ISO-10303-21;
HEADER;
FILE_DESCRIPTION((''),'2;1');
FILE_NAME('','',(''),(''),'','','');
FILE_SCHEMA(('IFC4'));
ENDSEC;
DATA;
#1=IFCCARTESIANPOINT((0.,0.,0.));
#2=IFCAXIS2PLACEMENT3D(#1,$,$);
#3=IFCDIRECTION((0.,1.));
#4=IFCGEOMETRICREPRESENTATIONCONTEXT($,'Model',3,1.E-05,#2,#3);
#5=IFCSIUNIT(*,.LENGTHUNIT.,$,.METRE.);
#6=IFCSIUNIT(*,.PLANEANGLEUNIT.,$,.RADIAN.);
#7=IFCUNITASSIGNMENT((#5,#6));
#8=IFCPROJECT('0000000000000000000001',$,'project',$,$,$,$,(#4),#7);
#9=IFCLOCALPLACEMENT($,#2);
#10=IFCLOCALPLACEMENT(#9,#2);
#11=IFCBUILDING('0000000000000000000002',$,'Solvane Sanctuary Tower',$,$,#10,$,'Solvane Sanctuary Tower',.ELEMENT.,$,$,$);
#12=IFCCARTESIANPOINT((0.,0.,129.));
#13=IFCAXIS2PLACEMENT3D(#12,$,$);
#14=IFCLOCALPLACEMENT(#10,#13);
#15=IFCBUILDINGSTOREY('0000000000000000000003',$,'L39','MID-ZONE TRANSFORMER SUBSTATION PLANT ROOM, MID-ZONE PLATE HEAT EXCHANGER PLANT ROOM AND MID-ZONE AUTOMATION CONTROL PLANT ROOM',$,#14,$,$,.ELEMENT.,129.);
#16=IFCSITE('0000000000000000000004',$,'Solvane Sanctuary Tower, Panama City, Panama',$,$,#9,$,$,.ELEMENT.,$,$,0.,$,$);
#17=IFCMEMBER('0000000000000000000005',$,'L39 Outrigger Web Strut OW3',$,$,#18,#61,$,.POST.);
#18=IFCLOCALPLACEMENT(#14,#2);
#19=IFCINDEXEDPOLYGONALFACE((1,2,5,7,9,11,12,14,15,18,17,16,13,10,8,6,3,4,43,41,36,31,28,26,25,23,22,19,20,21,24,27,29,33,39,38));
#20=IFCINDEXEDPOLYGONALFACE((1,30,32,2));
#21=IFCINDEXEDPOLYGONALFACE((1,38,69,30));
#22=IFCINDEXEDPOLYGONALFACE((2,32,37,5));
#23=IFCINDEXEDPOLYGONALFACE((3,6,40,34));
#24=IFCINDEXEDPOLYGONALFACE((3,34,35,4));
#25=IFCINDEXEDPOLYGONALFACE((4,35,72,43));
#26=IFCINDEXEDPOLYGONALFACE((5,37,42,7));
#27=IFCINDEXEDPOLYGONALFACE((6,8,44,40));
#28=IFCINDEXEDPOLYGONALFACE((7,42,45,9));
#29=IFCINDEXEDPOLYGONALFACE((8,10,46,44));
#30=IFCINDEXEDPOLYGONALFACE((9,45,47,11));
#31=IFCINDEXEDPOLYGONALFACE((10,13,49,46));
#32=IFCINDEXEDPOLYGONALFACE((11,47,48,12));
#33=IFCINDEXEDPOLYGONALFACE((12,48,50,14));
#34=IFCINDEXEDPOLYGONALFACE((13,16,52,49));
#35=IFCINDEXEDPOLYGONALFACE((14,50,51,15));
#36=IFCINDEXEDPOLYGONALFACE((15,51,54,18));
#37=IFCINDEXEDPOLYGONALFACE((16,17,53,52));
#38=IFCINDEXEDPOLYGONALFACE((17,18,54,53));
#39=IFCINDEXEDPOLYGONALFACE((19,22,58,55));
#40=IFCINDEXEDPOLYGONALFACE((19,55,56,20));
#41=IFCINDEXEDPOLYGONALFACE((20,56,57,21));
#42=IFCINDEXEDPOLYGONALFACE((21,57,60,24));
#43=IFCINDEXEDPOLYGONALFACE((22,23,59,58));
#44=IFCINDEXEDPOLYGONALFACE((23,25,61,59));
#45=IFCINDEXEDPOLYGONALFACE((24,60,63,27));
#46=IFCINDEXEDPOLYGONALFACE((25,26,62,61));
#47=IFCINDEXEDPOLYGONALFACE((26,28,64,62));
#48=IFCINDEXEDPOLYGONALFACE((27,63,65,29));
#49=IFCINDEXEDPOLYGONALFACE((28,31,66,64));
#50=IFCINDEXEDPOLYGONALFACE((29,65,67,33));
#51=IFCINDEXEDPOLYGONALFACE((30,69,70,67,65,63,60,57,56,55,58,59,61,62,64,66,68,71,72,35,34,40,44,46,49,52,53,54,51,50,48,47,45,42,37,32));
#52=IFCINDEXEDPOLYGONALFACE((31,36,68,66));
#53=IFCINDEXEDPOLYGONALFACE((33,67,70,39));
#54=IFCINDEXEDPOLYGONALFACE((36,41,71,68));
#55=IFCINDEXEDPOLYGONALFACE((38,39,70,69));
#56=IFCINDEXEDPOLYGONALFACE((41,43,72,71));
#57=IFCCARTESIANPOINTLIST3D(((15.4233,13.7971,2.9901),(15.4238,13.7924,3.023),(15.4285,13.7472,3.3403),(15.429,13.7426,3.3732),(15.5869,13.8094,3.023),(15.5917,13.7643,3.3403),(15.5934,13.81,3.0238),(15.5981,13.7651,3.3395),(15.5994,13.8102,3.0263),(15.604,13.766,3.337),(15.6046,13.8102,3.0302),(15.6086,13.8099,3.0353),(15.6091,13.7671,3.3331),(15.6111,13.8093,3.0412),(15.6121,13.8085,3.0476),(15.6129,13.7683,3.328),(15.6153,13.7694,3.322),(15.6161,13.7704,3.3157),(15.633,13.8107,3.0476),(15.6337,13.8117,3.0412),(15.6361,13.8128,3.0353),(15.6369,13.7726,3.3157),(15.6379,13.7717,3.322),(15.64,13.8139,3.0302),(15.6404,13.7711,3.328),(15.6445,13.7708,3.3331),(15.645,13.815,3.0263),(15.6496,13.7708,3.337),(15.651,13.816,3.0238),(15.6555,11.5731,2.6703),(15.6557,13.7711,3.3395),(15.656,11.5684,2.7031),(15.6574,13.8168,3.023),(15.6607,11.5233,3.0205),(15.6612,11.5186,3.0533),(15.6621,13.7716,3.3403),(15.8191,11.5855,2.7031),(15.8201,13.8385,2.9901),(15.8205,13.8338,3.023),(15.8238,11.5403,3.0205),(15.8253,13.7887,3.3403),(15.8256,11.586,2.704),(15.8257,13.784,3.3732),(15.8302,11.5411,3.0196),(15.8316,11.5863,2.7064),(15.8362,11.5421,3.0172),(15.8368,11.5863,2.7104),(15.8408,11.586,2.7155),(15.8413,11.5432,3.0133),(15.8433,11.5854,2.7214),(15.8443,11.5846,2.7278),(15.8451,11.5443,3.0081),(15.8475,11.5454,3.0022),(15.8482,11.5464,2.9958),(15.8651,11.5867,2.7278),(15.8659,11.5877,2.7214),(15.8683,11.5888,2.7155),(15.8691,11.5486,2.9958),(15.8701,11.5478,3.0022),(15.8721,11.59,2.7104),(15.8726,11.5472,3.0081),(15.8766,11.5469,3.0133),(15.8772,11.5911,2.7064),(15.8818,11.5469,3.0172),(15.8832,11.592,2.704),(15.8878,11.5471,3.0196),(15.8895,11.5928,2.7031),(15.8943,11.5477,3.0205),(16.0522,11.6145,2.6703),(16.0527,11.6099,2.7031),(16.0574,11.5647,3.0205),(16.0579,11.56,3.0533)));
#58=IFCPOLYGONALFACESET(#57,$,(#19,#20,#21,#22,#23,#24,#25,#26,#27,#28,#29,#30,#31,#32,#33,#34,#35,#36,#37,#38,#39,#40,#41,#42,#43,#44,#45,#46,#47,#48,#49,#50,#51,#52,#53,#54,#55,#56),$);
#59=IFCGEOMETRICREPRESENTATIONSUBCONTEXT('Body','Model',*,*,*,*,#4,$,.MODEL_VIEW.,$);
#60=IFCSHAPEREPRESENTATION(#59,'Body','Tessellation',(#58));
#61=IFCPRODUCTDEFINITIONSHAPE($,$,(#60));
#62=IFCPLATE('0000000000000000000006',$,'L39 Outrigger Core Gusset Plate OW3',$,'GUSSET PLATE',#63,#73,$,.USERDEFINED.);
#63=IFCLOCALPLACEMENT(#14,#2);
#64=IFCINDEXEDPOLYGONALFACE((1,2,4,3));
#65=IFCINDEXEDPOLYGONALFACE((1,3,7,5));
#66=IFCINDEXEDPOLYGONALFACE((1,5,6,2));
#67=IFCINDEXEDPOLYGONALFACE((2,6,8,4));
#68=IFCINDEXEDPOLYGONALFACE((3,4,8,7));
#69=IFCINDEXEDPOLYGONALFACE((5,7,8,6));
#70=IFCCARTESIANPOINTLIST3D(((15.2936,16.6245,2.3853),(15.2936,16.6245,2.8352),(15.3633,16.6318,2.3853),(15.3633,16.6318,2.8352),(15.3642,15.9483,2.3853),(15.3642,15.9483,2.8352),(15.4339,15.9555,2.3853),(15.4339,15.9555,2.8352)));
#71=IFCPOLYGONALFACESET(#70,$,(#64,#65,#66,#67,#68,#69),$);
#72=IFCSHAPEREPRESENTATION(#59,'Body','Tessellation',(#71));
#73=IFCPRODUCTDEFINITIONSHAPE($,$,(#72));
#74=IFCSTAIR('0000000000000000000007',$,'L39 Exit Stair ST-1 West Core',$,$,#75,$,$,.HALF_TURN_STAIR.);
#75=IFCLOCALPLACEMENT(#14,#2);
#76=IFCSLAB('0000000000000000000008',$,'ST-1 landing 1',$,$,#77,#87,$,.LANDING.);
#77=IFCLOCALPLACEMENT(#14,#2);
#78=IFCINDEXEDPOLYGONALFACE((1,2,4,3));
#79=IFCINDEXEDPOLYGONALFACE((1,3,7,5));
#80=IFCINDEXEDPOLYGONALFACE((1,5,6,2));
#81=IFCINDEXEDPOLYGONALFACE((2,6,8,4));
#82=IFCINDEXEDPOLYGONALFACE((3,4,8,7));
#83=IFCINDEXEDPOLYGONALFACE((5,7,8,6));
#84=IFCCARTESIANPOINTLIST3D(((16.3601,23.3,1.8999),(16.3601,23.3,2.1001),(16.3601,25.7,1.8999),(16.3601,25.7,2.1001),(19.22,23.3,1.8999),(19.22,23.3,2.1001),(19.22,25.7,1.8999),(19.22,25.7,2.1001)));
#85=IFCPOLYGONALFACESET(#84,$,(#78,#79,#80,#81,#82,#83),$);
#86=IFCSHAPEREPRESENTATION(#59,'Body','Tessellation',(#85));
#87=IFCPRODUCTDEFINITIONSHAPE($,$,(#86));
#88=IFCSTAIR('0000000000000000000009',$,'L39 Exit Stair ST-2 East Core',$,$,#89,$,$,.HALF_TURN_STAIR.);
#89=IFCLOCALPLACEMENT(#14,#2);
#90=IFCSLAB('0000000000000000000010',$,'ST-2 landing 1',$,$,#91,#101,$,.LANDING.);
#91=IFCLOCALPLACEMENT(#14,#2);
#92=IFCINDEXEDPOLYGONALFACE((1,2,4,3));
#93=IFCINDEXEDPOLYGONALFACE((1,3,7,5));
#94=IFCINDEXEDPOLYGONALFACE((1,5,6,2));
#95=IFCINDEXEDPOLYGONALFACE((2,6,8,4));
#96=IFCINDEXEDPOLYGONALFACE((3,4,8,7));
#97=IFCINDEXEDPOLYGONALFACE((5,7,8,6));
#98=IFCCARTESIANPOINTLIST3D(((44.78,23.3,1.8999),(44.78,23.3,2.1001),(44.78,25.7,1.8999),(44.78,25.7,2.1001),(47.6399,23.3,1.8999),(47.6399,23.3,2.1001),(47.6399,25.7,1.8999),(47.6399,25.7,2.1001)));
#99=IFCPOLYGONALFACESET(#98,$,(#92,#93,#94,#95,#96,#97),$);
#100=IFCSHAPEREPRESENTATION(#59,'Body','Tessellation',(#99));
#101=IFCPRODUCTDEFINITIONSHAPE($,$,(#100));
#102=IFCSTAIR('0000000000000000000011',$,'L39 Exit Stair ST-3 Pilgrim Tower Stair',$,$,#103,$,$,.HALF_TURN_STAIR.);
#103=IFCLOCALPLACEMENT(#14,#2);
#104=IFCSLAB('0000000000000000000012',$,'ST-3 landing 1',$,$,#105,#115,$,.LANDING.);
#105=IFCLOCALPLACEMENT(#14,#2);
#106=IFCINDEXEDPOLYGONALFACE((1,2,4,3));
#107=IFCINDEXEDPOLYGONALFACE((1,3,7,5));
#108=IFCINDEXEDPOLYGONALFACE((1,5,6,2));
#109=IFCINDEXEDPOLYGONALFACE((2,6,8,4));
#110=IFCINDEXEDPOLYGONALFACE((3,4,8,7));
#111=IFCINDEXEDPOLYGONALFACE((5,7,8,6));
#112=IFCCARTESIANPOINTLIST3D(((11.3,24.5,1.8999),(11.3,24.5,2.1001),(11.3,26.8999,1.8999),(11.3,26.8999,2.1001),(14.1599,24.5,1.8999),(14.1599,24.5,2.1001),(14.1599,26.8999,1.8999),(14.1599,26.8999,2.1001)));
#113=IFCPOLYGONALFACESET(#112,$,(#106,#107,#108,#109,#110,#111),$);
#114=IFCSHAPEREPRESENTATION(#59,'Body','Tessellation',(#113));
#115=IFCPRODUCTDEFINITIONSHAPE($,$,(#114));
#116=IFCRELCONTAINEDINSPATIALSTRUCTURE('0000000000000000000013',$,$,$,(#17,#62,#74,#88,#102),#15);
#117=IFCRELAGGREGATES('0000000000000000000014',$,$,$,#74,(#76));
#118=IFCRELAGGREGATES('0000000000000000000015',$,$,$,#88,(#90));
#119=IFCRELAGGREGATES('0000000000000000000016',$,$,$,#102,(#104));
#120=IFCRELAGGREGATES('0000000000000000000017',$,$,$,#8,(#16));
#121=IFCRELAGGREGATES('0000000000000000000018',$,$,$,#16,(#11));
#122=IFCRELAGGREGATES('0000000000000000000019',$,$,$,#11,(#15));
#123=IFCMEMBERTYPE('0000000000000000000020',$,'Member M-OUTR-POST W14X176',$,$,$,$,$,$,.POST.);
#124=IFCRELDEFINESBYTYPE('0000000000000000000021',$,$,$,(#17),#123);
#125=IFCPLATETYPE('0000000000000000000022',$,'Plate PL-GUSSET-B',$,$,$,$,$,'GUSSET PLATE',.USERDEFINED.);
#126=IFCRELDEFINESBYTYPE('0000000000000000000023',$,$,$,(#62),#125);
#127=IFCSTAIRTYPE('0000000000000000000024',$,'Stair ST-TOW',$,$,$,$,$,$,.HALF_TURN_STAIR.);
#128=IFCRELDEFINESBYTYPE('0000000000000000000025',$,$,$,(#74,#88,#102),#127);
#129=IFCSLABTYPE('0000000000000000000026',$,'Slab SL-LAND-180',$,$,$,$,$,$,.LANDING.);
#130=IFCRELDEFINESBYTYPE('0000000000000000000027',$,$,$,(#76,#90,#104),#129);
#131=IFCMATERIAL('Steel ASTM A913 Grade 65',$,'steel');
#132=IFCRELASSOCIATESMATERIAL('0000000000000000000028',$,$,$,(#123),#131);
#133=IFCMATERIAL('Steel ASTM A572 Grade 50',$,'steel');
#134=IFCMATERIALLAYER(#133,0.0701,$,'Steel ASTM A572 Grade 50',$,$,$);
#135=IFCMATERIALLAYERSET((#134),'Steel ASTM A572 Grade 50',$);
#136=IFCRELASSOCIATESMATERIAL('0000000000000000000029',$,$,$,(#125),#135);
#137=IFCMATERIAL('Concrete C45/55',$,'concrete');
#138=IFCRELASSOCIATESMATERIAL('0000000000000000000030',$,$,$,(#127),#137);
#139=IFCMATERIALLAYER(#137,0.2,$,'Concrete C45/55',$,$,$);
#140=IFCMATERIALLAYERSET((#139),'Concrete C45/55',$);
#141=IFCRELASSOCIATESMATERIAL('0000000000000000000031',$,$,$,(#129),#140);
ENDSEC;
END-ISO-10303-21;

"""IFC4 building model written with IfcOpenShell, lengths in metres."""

from ifc_helpers import new_model, si_unit, direction, frame, origin, origin_2d, place, context, subcontext, project, spatial, polyline, rectangle, i_section, outline, extrude, material, layer, layer_set, material_profile, profile_set, type_object, element, aggregate, save


model = new_model("IFC4")

# Units and contexts
model_context = context("Model", 3, precision=1e-05, world=origin(), true_north=direction((0.0, 1.0)))
body_context = subcontext(model_context, "Body", "Model", "MODEL_VIEW")
ifc_project = project(units=[si_unit("LENGTHUNIT", "METRE"), si_unit("PLANEANGLEUNIT", "RADIAN")], contexts=[model_context])

# Site, building, storey
site_placement = place(None, origin())
site = spatial("IfcSite", under=ifc_project, at=site_placement, Name="Solvane Sanctuary Tower, Panama City, Panama", CompositionType="ELEMENT", RefElevation=0.0)
building_placement = place(site_placement, origin())
building = spatial("IfcBuilding", under=site, at=building_placement, Name="Solvane Sanctuary Tower", LongName="Solvane Sanctuary Tower", CompositionType="ELEMENT")
storey_placement = place(building_placement, frame((0.0, 0.0, 129.0)))
storey = spatial("IfcBuildingStorey", under=building, at=storey_placement, Name="L39", Description="MID-ZONE TRANSFORMER SUBSTATION PLANT ROOM, MID-ZONE PLATE HEAT EXCHANGER PLANT ROOM AND MID-ZONE AUTOMATION CONTROL PLANT ROOM", CompositionType="ELEMENT", Elevation=129.0)

# Shared definitions
ifc_material_1 = material(Name="Steel ASTM A913 Grade 65", Category="steel")

# Member
ifc_material_profile_1 = material_profile(ifc_material_1, i_section(OverallWidth=0.3989, OverallDepth=0.387, WebThickness=0.021, FlangeThickness=0.0332, FilletRadius=0.0249, at=origin_2d()), Name="W14X176")
ifc_profile_set_1 = profile_set([ifc_material_profile_1], Name="Steel ASTM A913 Grade 65")
member_type_1 = type_object("IfcMemberType", Name="Member M-OUTR-POST W14X176", PredefinedType="POST", material=ifc_profile_set_1)
member_1_placement = place(storey_placement, frame((15.6245, 13.7905, 3.1816), z_axis=(0.102792, -0.984573, -0.141595), x_axis=(0.994594, 0.103838, 0.0)))
element("IfcMember", 1, at=member_1_placement, inside=storey, type_object=member_type_1, Name="L39 Outrigger Web Strut OW3", PredefinedType="POST", context=body_context, shape_type="SweptSolid", body=[
    extrude(i_section(OverallWidth=0.3989, OverallDepth=0.387, WebThickness=0.021, FlangeThickness=0.0332, FilletRadius=0.0249, at=origin_2d()), origin(), (0.0, 0.0, 1.0), 2.2588),
])

# Plate
ifc_material_2 = material(Name="Steel ASTM A572 Grade 50", Category="steel")
ifc_layer_1 = layer(ifc_material_2, 0.0701, Name="Steel ASTM A572 Grade 50")
ifc_layer_set_1 = layer_set([ifc_layer_1], Name="Steel ASTM A572 Grade 50")
plate_type = type_object("IfcPlateType", Name="Plate PL-GUSSET-B", ElementType="GUSSET PLATE", PredefinedType="USERDEFINED", material=ifc_layer_set_1)
plate_placement = place(storey_placement, frame((15.3638, 16.29, 2.3853), z_axis=(0.0, 0.0, 1.0), x_axis=(0.103834, -0.994595, 0.0)))
element("IfcPlate", 2, at=plate_placement, inside=storey, type_object=plate_type, Name="L39 Outrigger Core Gusset Plate OW3", ObjectType="GUSSET PLATE", PredefinedType="USERDEFINED", context=body_context, shape_type="SweptSolid", body=[
    extrude(rectangle(XDim=0.6799, YDim=0.0701, at=origin_2d()), origin(), (0.0, 0.0, 1.0), 0.45),
])

# Stairs, slabs
ifc_material_3 = material(Name="Concrete C45/55", Category="concrete")
stair_type = type_object("IfcStairType", Name="Stair ST-TOW", PredefinedType="HALF_TURN_STAIR", material=ifc_material_3)
stair_1_placement = place(storey_placement, origin())
stair_1 = element("IfcStair", 3, at=stair_1_placement, inside=storey, type_object=stair_type, Name="L39 Exit Stair ST-1 West Core", PredefinedType="HALF_TURN_STAIR")
ifc_layer_2 = layer(ifc_material_3, 0.2, Name="Concrete C45/55")
ifc_layer_set_2 = layer_set([ifc_layer_2], Name="Concrete C45/55")
slab_type_1 = type_object("IfcSlabType", Name="Slab SL-LAND-180", PredefinedType="LANDING", material=ifc_layer_set_2)
slab_1_placement = place(storey_placement, frame((0.0, 0.0, 1.8999)))
slab_1 = element("IfcSlab", 4, at=slab_1_placement, type_object=slab_type_1, Name="ST-1 landing 1", PredefinedType="LANDING", context=body_context, shape_type="SweptSolid", body=[
    extrude(outline(polyline([(19.22, 23.3), (19.22, 25.7), (16.3601, 25.7), (16.3601, 23.3), (19.22, 23.3)])), origin(), (0.0, 0.0, 1.0), 0.2002),
])
aggregate(stair_1, [slab_1])
stair_2_placement = place(storey_placement, origin())
stair_2 = element("IfcStair", 5, at=stair_2_placement, inside=storey, type_object=stair_type, Name="L39 Exit Stair ST-2 East Core", PredefinedType="HALF_TURN_STAIR")
slab_2_placement = place(storey_placement, frame((0.0, 0.0, 1.8999)))
slab_2 = element("IfcSlab", 6, at=slab_2_placement, type_object=slab_type_1, Name="ST-2 landing 1", PredefinedType="LANDING", context=body_context, shape_type="SweptSolid", body=[
    extrude(outline(polyline([(47.6399, 23.3), (47.6399, 25.7), (44.78, 25.7), (44.78, 23.3), (47.6399, 23.3)])), origin(), (0.0, 0.0, 1.0), 0.2002),
])
aggregate(stair_2, [slab_2])
stair_3_placement = place(storey_placement, origin())
stair_3 = element("IfcStair", 7, at=stair_3_placement, inside=storey, type_object=stair_type, Name="L39 Exit Stair ST-3 Pilgrim Tower Stair", PredefinedType="HALF_TURN_STAIR")
slab_3_placement = place(storey_placement, frame((0.0, 0.0, 1.8999)))
slab_3 = element("IfcSlab", 8, at=slab_3_placement, type_object=slab_type_1, Name="ST-3 landing 1", PredefinedType="LANDING", context=body_context, shape_type="SweptSolid", body=[
    extrude(outline(polyline([(14.1599, 24.5), (14.1599, 26.8999), (11.3, 26.8999), (11.3, 24.5), (14.1599, 24.5)])), origin(), (0.0, 0.0, 1.0), 0.2002),
])
aggregate(stair_3, [slab_3])

save(model, "model.ifc")
